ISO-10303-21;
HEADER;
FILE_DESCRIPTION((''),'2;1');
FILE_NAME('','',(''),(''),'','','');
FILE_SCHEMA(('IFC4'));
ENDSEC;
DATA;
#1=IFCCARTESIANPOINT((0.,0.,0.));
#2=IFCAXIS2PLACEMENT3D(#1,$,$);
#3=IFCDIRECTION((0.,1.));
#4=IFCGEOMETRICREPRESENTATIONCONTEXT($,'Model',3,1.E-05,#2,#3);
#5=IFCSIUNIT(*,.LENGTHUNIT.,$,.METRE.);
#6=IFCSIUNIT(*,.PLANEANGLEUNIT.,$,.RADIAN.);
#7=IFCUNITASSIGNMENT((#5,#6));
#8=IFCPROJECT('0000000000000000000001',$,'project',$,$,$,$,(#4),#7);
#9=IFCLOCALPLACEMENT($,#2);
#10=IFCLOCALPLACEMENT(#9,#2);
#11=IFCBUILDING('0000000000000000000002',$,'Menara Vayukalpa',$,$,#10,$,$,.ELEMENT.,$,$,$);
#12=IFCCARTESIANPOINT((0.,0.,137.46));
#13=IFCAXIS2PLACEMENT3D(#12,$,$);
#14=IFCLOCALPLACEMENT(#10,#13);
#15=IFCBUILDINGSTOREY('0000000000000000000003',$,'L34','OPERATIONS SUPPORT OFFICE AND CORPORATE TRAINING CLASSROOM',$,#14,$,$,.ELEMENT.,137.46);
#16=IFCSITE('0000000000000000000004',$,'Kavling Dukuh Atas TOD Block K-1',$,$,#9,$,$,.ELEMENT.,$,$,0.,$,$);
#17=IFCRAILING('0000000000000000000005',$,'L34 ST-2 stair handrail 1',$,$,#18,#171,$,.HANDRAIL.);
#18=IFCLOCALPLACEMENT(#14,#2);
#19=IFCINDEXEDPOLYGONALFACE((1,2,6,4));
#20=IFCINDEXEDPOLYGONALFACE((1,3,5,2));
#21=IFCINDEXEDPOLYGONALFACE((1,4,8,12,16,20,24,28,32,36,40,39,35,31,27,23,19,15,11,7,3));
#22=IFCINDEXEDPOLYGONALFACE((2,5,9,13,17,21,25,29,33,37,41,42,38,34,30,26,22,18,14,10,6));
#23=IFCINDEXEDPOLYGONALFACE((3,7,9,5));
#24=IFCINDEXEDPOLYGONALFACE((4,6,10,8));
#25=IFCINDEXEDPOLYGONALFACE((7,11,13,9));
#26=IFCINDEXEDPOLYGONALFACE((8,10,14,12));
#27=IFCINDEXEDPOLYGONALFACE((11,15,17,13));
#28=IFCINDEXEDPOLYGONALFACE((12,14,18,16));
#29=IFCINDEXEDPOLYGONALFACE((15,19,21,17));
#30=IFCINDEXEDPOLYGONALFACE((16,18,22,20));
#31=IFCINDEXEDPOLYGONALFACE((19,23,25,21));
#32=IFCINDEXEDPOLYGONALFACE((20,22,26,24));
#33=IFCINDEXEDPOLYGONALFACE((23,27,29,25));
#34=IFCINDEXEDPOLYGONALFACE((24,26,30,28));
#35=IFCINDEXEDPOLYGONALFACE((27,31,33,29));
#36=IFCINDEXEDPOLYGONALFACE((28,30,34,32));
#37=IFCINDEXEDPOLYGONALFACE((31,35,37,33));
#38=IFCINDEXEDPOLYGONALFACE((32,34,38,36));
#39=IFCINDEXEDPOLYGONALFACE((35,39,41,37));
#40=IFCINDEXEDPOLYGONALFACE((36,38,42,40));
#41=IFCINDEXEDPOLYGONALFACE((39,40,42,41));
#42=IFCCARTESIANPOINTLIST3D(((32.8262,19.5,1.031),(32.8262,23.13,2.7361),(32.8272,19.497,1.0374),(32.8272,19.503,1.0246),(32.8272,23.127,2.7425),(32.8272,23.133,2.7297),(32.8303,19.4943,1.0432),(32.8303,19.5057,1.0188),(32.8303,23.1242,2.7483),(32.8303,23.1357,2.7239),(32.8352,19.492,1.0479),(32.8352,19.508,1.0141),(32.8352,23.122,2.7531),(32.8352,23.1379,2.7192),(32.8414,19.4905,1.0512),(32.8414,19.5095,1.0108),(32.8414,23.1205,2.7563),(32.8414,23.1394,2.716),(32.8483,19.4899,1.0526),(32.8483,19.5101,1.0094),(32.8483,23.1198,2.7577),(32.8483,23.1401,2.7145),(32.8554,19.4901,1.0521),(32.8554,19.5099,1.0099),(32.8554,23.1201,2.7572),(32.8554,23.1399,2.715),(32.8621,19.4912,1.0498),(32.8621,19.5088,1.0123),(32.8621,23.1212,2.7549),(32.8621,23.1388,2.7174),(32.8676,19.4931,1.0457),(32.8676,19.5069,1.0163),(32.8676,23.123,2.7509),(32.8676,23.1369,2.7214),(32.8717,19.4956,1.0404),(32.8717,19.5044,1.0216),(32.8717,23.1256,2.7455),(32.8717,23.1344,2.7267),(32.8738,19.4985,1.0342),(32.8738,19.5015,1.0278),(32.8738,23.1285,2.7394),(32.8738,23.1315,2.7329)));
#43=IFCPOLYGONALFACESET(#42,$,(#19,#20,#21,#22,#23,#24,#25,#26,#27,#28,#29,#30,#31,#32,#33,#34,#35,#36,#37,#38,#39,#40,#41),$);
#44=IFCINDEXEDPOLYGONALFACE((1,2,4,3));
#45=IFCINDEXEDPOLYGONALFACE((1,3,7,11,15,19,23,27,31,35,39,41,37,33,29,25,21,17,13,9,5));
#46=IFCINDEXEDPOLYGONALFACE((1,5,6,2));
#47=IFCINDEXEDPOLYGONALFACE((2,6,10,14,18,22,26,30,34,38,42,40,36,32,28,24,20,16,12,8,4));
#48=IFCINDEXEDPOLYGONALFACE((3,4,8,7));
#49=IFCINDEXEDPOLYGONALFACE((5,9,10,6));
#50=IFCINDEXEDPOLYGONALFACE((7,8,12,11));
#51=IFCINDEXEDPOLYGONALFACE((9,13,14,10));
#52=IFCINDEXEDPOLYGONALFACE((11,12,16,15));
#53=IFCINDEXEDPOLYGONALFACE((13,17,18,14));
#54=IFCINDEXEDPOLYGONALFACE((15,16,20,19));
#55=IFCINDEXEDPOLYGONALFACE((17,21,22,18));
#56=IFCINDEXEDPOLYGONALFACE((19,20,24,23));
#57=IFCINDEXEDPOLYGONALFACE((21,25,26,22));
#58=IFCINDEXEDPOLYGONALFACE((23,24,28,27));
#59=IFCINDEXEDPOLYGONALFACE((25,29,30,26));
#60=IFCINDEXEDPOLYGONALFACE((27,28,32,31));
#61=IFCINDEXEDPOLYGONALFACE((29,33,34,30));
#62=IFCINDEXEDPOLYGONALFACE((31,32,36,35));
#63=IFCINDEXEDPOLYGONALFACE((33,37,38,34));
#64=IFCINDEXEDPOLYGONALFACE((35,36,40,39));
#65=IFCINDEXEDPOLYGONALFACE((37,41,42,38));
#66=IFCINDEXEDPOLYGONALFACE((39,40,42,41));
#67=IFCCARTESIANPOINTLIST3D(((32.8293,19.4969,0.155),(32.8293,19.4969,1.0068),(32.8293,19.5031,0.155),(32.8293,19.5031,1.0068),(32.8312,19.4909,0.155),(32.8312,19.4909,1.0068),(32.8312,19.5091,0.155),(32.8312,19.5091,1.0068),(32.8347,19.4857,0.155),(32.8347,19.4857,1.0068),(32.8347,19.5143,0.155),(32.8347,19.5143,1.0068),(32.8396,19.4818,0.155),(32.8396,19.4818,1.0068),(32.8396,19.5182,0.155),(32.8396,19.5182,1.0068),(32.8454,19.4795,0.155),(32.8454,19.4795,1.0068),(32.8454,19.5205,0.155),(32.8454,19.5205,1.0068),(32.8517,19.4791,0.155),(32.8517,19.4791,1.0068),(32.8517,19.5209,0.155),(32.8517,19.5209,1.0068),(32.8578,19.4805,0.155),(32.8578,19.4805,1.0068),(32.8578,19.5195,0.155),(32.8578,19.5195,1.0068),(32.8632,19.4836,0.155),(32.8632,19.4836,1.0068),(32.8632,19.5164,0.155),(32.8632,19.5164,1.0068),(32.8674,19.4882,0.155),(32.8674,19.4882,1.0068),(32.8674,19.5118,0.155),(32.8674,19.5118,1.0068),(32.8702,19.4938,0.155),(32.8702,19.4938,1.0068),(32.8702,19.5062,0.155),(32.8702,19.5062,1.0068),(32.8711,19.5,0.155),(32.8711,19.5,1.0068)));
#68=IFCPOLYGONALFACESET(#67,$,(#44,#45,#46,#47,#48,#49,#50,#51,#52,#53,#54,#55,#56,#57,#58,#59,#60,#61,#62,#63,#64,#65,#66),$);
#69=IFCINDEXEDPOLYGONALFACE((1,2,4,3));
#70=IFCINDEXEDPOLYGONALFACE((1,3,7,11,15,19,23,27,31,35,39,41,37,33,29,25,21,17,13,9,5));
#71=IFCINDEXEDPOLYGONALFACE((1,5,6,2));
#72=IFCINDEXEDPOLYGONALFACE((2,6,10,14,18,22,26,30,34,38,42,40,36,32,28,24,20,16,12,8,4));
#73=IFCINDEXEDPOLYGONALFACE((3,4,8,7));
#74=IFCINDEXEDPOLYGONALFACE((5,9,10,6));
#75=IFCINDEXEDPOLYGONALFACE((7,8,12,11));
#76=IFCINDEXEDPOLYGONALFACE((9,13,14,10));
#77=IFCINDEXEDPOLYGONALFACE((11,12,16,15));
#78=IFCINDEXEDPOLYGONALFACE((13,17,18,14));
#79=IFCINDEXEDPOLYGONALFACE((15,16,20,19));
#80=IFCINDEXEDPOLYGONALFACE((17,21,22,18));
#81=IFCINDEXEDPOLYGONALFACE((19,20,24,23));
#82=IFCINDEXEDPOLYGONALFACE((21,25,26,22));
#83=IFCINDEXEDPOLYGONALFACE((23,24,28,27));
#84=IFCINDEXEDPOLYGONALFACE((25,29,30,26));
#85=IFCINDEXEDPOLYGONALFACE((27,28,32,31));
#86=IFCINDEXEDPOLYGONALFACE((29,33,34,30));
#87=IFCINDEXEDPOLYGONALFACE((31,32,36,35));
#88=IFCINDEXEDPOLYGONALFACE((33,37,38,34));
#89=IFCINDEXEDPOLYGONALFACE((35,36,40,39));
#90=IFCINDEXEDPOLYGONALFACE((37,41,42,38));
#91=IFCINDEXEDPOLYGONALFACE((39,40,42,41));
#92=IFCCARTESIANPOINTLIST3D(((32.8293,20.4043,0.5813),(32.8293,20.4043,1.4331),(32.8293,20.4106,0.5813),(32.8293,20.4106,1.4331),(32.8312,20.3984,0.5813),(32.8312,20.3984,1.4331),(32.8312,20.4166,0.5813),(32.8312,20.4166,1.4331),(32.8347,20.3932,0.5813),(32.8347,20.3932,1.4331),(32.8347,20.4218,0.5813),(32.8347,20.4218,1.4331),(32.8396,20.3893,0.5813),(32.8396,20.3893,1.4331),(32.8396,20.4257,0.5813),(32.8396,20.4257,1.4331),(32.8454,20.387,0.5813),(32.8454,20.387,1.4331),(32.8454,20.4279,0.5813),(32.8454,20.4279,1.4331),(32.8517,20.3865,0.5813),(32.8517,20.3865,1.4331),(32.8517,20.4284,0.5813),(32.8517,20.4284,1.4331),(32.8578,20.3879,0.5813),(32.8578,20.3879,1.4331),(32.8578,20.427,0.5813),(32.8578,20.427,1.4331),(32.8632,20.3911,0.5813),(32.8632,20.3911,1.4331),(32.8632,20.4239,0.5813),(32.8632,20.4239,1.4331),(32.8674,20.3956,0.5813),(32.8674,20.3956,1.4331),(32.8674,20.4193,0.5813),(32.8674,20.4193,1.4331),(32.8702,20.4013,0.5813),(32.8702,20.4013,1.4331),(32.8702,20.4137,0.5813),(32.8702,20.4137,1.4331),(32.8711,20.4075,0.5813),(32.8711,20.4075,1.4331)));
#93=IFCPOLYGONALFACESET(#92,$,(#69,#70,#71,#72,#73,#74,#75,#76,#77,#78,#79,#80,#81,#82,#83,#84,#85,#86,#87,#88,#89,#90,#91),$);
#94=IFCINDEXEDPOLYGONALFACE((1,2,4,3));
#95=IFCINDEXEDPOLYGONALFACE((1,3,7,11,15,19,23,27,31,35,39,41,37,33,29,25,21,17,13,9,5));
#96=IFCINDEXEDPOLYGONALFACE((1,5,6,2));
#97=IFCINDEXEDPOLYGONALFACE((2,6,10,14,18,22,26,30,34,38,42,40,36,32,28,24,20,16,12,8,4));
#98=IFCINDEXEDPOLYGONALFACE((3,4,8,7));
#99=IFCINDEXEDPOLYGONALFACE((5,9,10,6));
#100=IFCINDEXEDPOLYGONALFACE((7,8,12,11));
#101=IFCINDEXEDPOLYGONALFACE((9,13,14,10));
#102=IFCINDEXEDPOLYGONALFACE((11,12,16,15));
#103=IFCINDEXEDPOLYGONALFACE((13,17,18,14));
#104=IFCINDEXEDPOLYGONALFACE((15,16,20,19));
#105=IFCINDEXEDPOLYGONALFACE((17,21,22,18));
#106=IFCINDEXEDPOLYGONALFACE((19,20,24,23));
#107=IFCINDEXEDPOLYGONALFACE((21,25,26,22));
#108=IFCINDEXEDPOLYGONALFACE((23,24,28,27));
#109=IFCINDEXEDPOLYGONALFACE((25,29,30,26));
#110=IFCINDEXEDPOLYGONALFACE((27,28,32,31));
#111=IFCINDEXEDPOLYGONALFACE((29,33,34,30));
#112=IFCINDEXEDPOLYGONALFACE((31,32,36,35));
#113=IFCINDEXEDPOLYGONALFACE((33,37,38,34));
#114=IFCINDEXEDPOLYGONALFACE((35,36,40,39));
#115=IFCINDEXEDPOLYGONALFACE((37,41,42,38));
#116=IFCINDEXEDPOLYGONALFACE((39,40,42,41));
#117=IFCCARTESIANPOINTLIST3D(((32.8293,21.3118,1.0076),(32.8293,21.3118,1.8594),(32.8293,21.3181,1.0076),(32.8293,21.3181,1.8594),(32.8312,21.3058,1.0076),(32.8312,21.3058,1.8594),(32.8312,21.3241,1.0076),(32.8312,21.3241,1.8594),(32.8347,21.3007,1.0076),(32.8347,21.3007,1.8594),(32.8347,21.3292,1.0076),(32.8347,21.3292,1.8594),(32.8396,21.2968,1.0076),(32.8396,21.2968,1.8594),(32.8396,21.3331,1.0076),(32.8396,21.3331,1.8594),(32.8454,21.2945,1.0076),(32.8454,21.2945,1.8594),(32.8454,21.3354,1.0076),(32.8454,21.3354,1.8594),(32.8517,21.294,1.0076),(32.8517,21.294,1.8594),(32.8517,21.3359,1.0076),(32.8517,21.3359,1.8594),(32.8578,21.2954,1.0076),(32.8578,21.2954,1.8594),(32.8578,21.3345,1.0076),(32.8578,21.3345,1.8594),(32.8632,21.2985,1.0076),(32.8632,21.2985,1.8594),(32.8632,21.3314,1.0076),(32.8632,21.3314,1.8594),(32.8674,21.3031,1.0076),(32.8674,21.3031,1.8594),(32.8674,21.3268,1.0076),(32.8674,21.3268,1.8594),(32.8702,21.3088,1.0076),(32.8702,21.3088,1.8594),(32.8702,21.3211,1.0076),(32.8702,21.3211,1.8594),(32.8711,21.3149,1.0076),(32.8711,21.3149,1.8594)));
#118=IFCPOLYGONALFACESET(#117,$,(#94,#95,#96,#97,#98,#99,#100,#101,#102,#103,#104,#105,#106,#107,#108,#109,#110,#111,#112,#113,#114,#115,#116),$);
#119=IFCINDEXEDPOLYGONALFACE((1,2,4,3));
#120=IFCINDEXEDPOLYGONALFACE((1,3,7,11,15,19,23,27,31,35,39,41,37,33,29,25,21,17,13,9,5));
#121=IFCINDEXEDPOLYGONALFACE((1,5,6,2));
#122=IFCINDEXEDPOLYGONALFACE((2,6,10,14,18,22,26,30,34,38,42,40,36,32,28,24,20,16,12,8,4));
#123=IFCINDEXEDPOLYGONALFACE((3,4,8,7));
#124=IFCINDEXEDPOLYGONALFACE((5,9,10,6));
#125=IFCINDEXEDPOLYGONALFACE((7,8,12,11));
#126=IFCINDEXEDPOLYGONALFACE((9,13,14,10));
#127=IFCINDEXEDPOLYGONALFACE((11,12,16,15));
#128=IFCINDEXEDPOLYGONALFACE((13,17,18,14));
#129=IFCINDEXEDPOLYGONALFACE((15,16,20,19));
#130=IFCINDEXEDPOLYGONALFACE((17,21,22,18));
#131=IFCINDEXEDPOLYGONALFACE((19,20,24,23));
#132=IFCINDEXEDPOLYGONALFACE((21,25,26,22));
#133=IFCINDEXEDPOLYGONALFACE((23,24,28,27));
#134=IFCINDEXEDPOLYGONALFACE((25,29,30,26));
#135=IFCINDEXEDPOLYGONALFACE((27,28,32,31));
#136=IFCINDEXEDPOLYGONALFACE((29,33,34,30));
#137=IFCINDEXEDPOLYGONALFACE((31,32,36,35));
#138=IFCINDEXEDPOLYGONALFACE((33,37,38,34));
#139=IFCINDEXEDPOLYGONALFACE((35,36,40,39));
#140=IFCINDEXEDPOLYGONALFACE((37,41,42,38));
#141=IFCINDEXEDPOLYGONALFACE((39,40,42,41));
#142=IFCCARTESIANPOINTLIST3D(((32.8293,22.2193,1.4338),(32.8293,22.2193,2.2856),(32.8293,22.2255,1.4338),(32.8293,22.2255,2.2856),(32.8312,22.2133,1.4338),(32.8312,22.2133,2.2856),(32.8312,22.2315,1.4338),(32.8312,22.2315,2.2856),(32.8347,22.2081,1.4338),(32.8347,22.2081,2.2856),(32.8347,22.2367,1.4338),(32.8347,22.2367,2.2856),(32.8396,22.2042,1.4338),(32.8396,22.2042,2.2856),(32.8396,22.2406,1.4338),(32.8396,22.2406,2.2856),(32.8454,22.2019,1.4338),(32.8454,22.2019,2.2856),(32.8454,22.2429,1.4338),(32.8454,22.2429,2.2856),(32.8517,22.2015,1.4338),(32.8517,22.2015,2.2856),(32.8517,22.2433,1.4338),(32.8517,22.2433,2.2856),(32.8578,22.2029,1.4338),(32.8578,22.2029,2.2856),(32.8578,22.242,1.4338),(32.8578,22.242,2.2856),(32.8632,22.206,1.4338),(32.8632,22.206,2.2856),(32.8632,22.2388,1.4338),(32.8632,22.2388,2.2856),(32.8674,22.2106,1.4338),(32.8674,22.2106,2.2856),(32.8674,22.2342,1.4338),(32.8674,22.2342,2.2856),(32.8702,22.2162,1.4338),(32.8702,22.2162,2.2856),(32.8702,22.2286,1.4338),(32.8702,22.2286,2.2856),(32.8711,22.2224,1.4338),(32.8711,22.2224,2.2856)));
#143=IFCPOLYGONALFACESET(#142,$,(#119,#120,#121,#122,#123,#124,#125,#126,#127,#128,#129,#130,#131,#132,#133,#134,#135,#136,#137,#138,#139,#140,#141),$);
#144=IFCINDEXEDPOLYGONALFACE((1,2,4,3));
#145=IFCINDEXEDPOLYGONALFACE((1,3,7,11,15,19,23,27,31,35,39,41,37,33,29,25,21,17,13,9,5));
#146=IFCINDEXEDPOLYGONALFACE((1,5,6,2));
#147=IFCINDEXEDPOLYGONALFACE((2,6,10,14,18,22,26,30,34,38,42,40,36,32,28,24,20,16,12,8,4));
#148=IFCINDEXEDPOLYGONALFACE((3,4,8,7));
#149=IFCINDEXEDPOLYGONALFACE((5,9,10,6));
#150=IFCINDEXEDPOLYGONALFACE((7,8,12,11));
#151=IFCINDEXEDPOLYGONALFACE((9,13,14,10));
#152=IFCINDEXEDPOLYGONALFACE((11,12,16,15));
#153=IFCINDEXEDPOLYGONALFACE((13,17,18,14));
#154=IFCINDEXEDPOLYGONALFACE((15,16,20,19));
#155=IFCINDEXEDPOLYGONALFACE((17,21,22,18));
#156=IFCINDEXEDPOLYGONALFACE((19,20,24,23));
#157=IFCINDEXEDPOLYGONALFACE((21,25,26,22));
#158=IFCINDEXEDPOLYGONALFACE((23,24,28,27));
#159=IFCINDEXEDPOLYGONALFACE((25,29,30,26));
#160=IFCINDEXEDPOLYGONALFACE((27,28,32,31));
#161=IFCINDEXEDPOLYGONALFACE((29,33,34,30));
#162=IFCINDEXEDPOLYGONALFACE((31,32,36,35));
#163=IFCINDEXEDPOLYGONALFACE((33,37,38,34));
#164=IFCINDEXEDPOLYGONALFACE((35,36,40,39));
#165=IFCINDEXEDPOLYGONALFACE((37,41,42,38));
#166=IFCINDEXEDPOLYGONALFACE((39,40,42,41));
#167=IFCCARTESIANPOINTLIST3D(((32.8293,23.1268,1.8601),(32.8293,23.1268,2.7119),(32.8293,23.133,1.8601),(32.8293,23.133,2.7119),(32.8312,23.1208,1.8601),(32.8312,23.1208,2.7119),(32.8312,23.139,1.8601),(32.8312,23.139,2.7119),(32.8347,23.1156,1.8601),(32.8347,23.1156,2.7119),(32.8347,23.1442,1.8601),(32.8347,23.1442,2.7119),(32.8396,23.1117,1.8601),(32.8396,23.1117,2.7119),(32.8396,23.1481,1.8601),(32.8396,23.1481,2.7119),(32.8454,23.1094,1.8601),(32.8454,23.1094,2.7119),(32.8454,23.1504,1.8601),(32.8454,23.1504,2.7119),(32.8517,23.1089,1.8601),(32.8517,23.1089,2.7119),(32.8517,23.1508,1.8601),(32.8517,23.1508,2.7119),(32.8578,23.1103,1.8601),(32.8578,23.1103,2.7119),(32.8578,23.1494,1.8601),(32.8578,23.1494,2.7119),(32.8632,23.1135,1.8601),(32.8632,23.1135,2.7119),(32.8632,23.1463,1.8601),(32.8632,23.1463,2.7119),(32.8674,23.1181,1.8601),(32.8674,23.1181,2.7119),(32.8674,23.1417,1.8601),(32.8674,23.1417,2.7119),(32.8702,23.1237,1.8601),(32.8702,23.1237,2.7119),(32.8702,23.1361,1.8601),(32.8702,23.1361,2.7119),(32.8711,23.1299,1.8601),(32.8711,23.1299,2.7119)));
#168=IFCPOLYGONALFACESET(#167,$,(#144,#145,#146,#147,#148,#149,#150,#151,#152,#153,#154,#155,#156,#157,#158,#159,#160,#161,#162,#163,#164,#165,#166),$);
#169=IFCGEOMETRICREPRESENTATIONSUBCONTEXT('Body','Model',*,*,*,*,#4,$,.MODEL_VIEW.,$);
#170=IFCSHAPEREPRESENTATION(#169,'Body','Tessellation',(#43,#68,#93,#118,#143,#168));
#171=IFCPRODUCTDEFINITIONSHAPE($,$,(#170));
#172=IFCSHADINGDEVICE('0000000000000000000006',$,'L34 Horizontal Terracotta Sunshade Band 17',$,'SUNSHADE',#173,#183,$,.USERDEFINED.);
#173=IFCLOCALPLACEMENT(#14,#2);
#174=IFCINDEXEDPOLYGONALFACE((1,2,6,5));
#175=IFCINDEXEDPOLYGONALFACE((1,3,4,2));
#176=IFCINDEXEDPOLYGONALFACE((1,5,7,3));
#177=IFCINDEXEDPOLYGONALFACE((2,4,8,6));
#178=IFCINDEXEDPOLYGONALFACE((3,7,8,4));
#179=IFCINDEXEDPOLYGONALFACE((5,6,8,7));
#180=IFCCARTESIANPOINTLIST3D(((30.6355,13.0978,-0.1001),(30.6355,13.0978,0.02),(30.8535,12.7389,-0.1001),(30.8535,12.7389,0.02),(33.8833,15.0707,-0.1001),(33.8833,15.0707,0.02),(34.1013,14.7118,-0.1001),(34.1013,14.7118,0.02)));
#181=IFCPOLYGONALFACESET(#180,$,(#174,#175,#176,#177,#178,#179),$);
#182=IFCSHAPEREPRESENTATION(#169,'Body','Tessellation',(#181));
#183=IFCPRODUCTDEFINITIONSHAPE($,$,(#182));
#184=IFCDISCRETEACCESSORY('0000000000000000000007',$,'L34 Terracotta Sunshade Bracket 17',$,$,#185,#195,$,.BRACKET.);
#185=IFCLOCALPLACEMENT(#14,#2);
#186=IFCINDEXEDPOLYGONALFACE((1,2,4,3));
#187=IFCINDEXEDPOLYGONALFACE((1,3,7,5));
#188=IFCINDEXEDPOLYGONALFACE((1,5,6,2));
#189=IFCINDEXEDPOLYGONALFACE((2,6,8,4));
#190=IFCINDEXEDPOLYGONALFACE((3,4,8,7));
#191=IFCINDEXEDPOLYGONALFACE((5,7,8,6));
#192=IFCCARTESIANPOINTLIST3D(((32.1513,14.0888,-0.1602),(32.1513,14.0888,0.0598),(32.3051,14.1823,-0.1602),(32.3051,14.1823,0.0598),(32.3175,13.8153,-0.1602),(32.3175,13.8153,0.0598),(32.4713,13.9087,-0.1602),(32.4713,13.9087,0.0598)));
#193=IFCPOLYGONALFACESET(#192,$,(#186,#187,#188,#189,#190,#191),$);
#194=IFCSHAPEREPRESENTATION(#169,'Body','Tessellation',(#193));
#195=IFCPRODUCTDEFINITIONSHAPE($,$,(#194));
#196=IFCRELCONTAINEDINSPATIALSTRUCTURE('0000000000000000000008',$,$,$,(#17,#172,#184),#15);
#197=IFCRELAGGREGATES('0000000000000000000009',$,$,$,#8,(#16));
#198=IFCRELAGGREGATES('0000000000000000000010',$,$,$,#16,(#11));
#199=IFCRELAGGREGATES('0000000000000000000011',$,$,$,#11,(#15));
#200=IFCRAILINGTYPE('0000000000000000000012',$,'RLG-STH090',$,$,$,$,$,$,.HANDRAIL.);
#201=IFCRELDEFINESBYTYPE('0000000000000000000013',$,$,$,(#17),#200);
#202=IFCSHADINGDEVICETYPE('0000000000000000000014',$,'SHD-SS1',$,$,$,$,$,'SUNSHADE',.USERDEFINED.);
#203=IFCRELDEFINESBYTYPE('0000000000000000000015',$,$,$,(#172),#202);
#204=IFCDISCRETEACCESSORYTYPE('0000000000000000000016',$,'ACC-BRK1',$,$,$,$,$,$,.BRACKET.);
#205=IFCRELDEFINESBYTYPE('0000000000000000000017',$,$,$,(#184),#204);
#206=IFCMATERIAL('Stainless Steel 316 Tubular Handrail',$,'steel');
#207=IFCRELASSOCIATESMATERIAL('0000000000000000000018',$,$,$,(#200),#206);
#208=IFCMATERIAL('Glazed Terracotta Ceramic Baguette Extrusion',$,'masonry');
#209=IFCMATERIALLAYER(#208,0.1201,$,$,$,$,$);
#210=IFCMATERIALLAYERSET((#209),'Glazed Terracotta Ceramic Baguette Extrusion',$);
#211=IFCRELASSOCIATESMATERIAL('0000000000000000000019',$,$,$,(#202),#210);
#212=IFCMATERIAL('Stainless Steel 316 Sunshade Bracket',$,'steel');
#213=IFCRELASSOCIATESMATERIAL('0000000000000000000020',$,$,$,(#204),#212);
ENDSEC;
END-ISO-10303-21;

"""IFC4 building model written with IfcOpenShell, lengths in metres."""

from ifc_helpers import new_model, si_unit, direction, frame, origin, origin_2d, place, context, subcontext, project, spatial, rectangle, circle, extrude, material, layer, layer_set, type_object, element, save


model = new_model("IFC4")

# Units and contexts
model_context = context("Model", 3, precision=1e-05, world=origin(), true_north=direction((0.0, 1.0)))
body_context = subcontext(model_context, "Body", "Model", "MODEL_VIEW")
ifc_project = project(units=[si_unit("LENGTHUNIT", "METRE"), si_unit("PLANEANGLEUNIT", "RADIAN")], contexts=[model_context])

# Site, building, storey
site_placement = place(None, origin())
site = spatial("IfcSite", under=ifc_project, at=site_placement, Name="Kavling Dukuh Atas TOD Block K-1", CompositionType="ELEMENT", RefElevation=0.0)
building_placement = place(site_placement, origin())
building = spatial("IfcBuilding", under=site, at=building_placement, Name="Menara Vayukalpa", CompositionType="ELEMENT")
storey_placement = place(building_placement, frame((0.0, 0.0, 137.46)))
storey = spatial("IfcBuildingStorey", under=building, at=storey_placement, Name="L34", Description="OPERATIONS SUPPORT OFFICE AND CORPORATE TRAINING CLASSROOM", CompositionType="ELEMENT", Elevation=137.46)

# Railing
ifc_material_1 = material(Name="Stainless Steel 316 Tubular Handrail", Category="steel")
railing_type_1 = type_object("IfcRailingType", Name="RLG-STH090", PredefinedType="HANDRAIL", material=ifc_material_1)
railing_1_placement = place(storey_placement, frame((32.8501, 19.5, 0.155)))
element("IfcRailing", 1, at=railing_1_placement, inside=storey, type_object=railing_type_1, Name="L34 ST-2 stair handrail 1", PredefinedType="HANDRAIL", context=body_context, shape_type="SweptSolid", body=[
    extrude(circle(Radius=0.0239, at=origin_2d()), frame((0.0, 0.0, 0.876), z_axis=(0.0, 0.905116, 0.425164), x_axis=(-1.0, 0.0, 0.0)), (0.0, 0.0, 1.0), 4.0105),
    extrude(circle(Radius=0.021, at=origin_2d()), origin(), (0.0, 0.0, 1.0), 0.8518),
    extrude(circle(Radius=0.021, at=origin_2d()), frame((0.0, 0.9075, 0.4263)), (0.0, 0.0, 1.0), 0.8518),
    extrude(circle(Radius=0.021, at=origin_2d()), frame((0.0, 1.8149, 0.8525)), (0.0, 0.0, 1.0), 0.8518),
    extrude(circle(Radius=0.021, at=origin_2d()), frame((0.0, 2.7224, 1.2788)), (0.0, 0.0, 1.0), 0.8518),
    extrude(circle(Radius=0.021, at=origin_2d()), frame((0.0, 3.6299, 1.7051)), (0.0, 0.0, 1.0), 0.8518),
])

# Shading device
ifc_material_2 = material(Name="Glazed Terracotta Ceramic Baguette Extrusion", Category="masonry")
ifc_layer_1 = layer(ifc_material_2, 0.1201)
ifc_layer_set_1 = layer_set([ifc_layer_1], Name="Glazed Terracotta Ceramic Baguette Extrusion")
shading_device_type = type_object("IfcShadingDeviceType", Name="SHD-SS1", ElementType="SUNSHADE", PredefinedType="USERDEFINED", material=ifc_layer_set_1)
shading_device_placement = place(storey_placement, frame((32.3684, 13.9048, -0.1001), z_axis=(0.0, 0.0, 1.0), x_axis=(0.854658, 0.519191, 0.0)))
element("IfcShadingDevice", 2, at=shading_device_placement, inside=storey, type_object=shading_device_type, Name="L34 Horizontal Terracotta Sunshade Band 17", ObjectType="SUNSHADE", PredefinedType="USERDEFINED", context=body_context, shape_type="SweptSolid", body=[
    extrude(rectangle(XDim=3.8, YDim=0.4199, at=origin_2d()), origin(), (0.0, 0.0, 1.0), 0.1201),
])

# Discrete accessory
ifc_material_3 = material(Name="Stainless Steel 316 Sunshade Bracket", Category="steel")
discrete_accessory_type = type_object("IfcDiscreteAccessoryType", Name="ACC-BRK1", PredefinedType="BRACKET", material=ifc_material_3)
discrete_accessory_placement = place(storey_placement, frame((32.3113, 13.9988, -0.1602), z_axis=(0.0, 0.0, 1.0), x_axis=(0.854658, 0.519191, 0.0)))
element("IfcDiscreteAccessory", 3, at=discrete_accessory_placement, inside=storey, type_object=discrete_accessory_type, Name="L34 Terracotta Sunshade Bracket 17", PredefinedType="BRACKET", context=body_context, shape_type="SweptSolid", body=[
    extrude(rectangle(XDim=0.1799, YDim=0.3201, at=origin_2d()), origin(), (0.0, 0.0, 1.0), 0.22),
])

save(model, "model.ifc")
